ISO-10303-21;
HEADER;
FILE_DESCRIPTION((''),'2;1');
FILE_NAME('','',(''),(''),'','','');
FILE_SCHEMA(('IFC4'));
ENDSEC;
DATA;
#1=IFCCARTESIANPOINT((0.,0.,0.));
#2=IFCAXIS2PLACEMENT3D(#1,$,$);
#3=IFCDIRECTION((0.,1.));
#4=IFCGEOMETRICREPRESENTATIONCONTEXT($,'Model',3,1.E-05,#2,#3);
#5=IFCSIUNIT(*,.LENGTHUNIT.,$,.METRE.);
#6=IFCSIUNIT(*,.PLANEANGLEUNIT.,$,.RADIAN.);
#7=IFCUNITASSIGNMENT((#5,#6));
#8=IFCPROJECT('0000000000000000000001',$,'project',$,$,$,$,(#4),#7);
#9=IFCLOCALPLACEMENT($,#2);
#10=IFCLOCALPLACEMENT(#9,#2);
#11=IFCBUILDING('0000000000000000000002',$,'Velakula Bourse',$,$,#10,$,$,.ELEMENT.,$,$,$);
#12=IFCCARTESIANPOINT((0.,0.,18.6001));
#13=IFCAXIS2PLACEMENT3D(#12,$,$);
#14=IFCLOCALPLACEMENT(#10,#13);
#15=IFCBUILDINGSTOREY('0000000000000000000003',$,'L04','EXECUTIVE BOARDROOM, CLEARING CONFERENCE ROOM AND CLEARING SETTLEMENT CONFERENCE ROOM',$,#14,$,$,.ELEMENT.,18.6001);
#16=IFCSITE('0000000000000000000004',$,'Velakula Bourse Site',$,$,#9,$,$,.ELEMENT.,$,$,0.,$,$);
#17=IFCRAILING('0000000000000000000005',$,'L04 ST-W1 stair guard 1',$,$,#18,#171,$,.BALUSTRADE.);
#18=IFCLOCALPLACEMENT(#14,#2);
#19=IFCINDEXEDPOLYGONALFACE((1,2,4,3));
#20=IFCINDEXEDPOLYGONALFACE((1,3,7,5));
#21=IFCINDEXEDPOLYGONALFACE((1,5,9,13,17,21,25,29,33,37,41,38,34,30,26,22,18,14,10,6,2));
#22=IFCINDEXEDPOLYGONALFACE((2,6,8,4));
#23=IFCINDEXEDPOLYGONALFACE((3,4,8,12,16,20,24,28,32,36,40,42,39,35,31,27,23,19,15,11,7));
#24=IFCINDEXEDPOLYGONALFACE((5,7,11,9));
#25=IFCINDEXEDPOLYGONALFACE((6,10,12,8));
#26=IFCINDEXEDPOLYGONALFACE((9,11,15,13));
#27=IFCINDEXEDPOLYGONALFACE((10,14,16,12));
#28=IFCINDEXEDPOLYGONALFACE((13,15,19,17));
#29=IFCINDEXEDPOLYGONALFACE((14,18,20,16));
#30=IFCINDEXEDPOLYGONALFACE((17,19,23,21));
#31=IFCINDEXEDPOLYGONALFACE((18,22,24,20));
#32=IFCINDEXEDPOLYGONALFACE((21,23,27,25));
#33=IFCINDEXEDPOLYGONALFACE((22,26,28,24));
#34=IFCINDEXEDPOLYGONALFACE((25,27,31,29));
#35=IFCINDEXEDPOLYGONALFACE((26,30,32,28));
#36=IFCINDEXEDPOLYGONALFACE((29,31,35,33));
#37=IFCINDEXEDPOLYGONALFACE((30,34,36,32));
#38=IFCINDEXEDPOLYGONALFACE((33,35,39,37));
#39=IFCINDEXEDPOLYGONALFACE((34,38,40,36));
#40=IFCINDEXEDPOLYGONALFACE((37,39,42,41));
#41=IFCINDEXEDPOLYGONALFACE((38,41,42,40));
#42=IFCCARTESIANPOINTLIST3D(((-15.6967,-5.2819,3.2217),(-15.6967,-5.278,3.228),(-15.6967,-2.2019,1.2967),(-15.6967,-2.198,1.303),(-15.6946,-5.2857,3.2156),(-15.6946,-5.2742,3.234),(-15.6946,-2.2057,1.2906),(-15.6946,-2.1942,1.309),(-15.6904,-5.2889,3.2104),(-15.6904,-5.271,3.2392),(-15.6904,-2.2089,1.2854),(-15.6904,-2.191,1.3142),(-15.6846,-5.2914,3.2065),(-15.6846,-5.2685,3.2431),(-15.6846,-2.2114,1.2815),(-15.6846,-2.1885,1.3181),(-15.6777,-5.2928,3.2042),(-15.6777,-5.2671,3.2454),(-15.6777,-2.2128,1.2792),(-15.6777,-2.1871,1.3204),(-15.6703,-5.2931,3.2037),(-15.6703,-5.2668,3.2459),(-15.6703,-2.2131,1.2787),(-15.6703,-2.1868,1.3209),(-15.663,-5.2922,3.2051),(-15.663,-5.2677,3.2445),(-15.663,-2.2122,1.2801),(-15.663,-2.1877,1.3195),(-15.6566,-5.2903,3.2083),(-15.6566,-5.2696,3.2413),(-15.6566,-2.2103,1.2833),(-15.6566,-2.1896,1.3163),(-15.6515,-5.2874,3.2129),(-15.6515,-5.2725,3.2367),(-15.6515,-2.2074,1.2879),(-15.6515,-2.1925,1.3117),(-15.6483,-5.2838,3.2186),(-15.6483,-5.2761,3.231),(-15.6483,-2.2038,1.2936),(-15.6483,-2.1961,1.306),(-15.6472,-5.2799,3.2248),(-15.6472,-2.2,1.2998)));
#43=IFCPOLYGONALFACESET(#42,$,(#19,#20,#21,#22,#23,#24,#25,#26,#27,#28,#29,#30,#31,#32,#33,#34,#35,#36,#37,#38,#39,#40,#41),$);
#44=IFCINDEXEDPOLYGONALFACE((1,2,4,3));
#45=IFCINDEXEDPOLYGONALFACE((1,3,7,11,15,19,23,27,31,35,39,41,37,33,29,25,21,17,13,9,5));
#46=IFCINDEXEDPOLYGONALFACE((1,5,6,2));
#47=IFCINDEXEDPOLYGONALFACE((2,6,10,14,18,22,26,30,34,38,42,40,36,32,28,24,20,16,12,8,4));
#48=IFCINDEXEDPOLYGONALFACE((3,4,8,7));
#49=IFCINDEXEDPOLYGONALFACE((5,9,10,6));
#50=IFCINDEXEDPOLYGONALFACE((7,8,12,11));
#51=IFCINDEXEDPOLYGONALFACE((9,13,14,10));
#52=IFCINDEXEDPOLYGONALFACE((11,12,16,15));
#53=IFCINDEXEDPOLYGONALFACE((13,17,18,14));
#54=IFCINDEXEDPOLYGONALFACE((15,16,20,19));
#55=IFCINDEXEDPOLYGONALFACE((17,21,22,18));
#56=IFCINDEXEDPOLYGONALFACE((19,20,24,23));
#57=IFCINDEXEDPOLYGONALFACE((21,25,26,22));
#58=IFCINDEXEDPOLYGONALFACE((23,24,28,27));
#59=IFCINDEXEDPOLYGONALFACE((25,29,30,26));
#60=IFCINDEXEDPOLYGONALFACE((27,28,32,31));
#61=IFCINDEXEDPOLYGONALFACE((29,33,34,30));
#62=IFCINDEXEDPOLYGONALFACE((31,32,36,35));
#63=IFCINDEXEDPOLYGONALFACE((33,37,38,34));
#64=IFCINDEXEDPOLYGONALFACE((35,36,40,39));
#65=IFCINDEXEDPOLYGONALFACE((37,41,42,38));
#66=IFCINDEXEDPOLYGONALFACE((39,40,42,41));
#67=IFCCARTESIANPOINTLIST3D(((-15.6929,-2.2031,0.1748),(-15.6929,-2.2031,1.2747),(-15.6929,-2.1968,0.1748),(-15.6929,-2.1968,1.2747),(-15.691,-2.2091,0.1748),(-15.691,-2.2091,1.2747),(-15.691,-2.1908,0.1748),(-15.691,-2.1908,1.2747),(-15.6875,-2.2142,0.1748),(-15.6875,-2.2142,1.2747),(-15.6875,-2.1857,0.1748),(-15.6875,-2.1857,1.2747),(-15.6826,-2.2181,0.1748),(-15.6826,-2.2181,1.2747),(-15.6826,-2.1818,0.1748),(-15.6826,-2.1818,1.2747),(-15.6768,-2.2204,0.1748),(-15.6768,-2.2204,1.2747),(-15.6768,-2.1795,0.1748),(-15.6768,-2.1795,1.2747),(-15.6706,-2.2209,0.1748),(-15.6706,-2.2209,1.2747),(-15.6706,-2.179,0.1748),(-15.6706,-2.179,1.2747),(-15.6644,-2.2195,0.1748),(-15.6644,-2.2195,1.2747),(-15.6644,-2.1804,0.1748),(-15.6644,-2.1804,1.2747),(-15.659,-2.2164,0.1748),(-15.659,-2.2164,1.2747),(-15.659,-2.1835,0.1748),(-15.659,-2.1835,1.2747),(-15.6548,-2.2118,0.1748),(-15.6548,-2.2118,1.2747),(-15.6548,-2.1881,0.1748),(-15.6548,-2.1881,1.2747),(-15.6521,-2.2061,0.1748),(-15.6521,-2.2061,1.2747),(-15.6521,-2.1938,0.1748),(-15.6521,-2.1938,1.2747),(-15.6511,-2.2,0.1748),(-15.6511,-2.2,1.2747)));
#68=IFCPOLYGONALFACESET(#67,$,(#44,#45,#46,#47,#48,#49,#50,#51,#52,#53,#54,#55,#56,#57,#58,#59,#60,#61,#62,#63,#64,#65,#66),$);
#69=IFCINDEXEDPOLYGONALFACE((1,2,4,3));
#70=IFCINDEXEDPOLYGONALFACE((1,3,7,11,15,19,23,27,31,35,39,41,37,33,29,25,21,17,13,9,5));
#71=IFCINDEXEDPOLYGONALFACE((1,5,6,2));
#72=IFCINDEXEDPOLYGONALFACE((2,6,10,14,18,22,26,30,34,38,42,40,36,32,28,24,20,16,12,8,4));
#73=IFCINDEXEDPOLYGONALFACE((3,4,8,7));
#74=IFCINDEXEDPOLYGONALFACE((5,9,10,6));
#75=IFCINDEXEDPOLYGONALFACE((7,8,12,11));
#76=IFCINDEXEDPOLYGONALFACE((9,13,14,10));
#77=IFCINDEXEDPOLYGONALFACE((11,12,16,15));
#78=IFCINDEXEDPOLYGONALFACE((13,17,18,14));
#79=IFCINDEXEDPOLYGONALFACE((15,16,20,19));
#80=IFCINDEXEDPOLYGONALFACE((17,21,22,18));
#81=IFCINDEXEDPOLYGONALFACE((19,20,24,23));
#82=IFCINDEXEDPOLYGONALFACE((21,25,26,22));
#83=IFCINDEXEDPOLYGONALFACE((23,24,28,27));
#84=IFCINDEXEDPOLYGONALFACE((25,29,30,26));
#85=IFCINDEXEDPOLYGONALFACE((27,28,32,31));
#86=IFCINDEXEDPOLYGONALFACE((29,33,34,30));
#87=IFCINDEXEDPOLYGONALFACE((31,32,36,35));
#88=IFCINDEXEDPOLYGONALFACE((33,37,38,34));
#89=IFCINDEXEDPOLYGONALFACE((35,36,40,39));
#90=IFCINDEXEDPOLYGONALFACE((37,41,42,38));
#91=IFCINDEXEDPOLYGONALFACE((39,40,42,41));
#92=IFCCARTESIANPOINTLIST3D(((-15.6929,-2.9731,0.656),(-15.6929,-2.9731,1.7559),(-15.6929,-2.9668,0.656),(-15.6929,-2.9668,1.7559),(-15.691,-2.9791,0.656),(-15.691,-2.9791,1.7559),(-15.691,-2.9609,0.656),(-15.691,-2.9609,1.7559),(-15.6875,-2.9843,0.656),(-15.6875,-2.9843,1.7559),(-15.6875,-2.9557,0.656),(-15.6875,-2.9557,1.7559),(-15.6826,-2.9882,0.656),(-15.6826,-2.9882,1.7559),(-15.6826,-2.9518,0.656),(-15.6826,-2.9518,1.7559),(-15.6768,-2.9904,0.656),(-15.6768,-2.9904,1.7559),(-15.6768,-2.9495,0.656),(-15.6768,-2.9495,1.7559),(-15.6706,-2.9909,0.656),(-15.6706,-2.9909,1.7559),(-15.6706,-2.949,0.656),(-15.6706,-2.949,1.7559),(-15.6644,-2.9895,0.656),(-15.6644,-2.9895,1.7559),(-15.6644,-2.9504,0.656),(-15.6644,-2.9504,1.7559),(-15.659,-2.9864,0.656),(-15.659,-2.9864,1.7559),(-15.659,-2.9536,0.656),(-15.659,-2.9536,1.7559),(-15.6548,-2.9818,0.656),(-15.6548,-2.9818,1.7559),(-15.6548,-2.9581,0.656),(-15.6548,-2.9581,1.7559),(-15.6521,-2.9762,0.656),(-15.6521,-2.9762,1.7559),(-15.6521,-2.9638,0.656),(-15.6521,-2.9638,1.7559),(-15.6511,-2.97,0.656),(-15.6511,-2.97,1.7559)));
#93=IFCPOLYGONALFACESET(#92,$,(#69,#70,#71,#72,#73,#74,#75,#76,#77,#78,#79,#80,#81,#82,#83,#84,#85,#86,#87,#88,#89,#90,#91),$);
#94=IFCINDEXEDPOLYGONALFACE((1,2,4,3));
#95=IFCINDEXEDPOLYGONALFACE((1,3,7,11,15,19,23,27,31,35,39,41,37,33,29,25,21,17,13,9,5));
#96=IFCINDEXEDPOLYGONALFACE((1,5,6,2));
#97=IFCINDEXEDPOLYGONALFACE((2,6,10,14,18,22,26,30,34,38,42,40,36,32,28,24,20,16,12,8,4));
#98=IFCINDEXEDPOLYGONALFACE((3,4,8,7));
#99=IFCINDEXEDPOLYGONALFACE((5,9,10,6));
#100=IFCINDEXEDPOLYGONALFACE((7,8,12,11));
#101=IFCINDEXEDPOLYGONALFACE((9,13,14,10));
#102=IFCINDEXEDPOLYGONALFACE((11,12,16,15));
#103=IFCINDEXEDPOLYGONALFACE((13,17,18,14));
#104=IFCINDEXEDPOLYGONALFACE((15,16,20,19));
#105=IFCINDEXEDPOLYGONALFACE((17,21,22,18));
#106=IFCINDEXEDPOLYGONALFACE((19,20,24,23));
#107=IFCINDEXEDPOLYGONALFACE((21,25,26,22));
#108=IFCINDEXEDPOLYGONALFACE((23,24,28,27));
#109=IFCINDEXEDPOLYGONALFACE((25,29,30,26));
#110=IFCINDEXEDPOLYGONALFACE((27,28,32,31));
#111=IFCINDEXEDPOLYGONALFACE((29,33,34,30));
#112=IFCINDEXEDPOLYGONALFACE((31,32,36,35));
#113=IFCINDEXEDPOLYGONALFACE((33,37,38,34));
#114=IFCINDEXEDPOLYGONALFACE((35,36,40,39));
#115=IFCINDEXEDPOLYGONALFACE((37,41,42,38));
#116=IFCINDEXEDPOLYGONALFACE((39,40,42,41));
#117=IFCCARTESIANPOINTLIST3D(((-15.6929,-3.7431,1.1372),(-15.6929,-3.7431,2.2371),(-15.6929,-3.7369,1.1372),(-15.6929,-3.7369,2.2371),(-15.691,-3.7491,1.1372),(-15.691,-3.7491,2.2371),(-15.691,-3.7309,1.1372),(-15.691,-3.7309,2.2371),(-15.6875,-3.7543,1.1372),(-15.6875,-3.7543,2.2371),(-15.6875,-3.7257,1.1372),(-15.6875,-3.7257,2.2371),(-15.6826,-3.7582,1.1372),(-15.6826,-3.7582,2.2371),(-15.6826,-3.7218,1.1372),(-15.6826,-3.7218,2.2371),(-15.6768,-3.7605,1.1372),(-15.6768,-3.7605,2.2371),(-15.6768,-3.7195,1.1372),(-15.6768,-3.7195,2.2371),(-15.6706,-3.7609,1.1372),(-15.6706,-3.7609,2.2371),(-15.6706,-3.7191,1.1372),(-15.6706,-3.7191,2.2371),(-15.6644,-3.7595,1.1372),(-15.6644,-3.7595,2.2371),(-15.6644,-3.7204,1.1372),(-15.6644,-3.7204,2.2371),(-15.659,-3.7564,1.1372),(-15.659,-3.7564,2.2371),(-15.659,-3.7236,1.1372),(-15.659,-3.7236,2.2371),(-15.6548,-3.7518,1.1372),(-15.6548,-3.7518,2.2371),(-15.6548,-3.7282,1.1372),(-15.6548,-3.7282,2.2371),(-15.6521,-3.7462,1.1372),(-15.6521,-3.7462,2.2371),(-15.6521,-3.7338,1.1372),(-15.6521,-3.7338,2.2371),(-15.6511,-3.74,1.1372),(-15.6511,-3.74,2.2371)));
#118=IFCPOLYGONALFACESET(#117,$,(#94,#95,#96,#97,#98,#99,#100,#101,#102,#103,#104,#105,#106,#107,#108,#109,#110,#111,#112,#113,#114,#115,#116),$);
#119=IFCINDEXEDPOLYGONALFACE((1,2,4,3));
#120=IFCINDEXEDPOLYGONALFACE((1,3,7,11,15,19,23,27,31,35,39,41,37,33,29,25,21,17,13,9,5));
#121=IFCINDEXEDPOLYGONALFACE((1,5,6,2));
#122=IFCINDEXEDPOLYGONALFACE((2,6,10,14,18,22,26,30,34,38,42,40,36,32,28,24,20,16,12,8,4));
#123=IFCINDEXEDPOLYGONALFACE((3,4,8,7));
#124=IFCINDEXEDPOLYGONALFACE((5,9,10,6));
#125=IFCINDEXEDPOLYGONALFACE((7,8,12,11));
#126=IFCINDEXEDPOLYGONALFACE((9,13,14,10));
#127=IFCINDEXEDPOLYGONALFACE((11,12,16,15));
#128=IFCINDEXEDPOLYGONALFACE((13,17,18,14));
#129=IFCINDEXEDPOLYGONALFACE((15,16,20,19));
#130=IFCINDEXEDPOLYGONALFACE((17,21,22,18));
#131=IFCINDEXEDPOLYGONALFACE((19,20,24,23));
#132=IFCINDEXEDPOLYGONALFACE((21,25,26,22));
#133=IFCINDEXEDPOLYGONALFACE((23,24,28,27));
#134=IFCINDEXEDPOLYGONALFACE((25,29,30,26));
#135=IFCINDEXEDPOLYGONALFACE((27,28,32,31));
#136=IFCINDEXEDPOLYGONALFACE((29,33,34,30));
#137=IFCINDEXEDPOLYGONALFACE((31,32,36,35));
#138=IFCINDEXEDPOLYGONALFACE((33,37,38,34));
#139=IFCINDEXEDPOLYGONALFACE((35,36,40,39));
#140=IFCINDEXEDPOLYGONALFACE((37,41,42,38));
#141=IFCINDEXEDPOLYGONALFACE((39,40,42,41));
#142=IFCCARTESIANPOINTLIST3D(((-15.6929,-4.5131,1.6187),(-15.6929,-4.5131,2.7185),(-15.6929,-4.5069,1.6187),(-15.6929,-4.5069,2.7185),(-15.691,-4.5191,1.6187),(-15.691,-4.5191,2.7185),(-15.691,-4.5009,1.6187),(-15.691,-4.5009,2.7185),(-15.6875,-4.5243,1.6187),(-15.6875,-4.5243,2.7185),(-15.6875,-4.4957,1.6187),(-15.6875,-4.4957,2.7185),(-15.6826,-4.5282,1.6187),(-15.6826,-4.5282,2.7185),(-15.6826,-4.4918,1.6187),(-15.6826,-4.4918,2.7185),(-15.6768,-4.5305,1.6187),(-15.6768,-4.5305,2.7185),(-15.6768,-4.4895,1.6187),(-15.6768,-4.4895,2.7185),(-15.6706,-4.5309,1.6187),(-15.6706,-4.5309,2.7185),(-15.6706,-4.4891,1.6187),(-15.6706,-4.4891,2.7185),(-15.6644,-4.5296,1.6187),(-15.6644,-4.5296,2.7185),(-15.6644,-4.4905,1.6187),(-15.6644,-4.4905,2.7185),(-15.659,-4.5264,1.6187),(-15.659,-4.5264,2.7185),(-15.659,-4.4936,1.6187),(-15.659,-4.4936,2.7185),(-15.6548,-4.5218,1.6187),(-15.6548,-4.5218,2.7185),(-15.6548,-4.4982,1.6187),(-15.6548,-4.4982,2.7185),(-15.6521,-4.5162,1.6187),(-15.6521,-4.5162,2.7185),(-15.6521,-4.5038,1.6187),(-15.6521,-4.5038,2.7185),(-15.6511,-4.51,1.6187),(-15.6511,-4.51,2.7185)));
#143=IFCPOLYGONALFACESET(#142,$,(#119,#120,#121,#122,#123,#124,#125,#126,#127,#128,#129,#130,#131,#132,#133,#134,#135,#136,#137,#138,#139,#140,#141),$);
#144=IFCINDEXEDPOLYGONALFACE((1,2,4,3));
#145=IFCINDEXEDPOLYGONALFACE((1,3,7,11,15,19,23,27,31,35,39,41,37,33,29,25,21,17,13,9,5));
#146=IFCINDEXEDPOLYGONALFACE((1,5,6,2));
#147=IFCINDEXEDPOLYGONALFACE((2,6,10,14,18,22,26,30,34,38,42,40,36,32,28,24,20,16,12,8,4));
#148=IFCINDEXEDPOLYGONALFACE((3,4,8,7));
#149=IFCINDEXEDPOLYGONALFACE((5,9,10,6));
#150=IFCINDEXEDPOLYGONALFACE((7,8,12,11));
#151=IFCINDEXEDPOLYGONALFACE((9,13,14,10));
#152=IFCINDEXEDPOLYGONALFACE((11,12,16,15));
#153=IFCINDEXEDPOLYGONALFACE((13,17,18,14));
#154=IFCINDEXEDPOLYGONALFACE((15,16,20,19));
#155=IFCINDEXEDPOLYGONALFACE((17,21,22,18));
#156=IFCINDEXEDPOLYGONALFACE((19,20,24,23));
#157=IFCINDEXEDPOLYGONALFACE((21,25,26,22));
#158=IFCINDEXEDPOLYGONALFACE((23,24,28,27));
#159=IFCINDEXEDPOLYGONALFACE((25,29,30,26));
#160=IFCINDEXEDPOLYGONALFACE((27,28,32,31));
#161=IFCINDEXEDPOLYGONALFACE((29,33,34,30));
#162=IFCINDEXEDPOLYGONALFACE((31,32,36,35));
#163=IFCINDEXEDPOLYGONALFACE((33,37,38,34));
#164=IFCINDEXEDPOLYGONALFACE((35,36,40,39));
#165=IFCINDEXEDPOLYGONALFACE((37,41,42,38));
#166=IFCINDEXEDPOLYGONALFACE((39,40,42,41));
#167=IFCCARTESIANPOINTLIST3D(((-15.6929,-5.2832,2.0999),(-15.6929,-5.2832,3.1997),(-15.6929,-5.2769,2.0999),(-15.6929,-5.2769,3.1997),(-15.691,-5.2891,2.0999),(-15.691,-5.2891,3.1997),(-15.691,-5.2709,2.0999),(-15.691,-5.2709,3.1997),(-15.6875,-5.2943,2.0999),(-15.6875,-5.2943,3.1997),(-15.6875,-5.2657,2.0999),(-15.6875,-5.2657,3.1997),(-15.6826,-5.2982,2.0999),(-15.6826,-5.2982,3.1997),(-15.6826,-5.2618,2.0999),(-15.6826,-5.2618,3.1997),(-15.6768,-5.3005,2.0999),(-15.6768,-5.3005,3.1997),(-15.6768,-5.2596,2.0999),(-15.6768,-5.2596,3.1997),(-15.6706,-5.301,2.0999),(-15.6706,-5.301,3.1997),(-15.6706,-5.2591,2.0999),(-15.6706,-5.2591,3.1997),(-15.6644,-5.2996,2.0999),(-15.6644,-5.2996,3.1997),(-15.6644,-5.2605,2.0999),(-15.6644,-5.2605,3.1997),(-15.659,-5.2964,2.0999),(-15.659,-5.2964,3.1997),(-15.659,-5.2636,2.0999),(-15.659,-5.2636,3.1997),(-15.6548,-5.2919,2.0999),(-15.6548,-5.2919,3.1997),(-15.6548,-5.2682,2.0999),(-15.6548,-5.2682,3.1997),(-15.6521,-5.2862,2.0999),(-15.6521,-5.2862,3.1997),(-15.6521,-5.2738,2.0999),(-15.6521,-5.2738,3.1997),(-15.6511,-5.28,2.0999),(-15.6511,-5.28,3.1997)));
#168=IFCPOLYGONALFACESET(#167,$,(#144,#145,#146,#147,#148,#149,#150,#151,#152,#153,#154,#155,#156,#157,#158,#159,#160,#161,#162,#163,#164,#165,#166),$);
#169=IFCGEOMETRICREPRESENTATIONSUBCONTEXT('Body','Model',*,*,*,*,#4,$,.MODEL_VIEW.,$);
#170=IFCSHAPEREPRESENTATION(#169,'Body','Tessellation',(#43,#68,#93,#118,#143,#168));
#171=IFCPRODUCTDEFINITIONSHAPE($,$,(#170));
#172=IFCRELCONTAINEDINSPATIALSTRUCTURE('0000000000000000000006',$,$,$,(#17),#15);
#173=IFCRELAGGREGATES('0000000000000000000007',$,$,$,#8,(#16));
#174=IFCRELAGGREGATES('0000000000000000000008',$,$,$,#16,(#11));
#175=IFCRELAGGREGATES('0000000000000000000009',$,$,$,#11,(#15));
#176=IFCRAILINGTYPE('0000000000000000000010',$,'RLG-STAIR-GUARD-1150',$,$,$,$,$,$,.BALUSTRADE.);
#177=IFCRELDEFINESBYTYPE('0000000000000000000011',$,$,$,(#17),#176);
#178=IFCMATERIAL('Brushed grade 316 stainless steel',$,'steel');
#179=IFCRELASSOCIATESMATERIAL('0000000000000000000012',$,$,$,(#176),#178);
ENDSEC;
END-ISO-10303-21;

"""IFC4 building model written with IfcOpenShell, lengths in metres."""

from ifc_helpers import new_model, si_unit, direction, frame, origin, origin_2d, place, context, subcontext, project, spatial, circle, extrude, material, type_object, element, save


model = new_model("IFC4")

# Units and contexts
model_context = context("Model", 3, precision=1e-05, world=origin(), true_north=direction((0.0, 1.0)))
body_context = subcontext(model_context, "Body", "Model", "MODEL_VIEW")
ifc_project = project(units=[si_unit("LENGTHUNIT", "METRE"), si_unit("PLANEANGLEUNIT", "RADIAN")], contexts=[model_context])

# Site, building, storey
site_placement = place(None, origin())
site = spatial("IfcSite", under=ifc_project, at=site_placement, Name="Velakula Bourse Site", CompositionType="ELEMENT", RefElevation=0.0)
building_placement = place(site_placement, origin())
building = spatial("IfcBuilding", under=site, at=building_placement, Name="Velakula Bourse", CompositionType="ELEMENT")
storey_placement = place(building_placement, frame((0.0, 0.0, 18.6001)))
storey = spatial("IfcBuildingStorey", under=building, at=storey_placement, Name="L04", Description="EXECUTIVE BOARDROOM, CLEARING CONFERENCE ROOM AND CLEARING SETTLEMENT CONFERENCE ROOM", CompositionType="ELEMENT", Elevation=18.6001)

# Shared definitions
ifc_material_1 = material(Name="Brushed grade 316 stainless steel", Category="steel")

# Railing
railing_type_1 = type_object("IfcRailingType", Name="RLG-STAIR-GUARD-1150", PredefinedType="BALUSTRADE", material=ifc_material_1)
railing_1_placement = place(storey_placement, frame((-15.6721, -2.2, 0.1748)))
element("IfcRailing", 1, at=railing_1_placement, inside=storey, type_object=railing_type_1, Name="L04 ST-W1 stair guard 1", PredefinedType="BALUSTRADE", context=body_context, shape_type="SweptSolid", body=[
    extrude(circle(Radius=0.0249, at=origin_2d()), frame((0.0, 0.0, 1.125), z_axis=(0.0, -0.847998, 0.529999), x_axis=(1.0, 0.0, 0.0)), (0.0, 0.0, 1.0), 3.6321),
    extrude(circle(Radius=0.021, at=origin_2d()), origin(), (0.0, 0.0, 1.0), 1.0999),
    extrude(circle(Radius=0.021, at=origin_2d()), frame((0.0, -0.77, 0.4812)), (0.0, 0.0, 1.0), 1.0999),
    extrude(circle(Radius=0.021, at=origin_2d()), frame((0.0, -1.54, 0.9624)), (0.0, 0.0, 1.0), 1.0999),
    extrude(circle(Radius=0.021, at=origin_2d()), frame((0.0, -2.3101, 1.4438)), (0.0, 0.0, 1.0), 1.0999),
    extrude(circle(Radius=0.021, at=origin_2d()), frame((0.0, -3.0801, 1.925)), (0.0, 0.0, 1.0), 1.0999),
])

save(model, "model.ifc")
